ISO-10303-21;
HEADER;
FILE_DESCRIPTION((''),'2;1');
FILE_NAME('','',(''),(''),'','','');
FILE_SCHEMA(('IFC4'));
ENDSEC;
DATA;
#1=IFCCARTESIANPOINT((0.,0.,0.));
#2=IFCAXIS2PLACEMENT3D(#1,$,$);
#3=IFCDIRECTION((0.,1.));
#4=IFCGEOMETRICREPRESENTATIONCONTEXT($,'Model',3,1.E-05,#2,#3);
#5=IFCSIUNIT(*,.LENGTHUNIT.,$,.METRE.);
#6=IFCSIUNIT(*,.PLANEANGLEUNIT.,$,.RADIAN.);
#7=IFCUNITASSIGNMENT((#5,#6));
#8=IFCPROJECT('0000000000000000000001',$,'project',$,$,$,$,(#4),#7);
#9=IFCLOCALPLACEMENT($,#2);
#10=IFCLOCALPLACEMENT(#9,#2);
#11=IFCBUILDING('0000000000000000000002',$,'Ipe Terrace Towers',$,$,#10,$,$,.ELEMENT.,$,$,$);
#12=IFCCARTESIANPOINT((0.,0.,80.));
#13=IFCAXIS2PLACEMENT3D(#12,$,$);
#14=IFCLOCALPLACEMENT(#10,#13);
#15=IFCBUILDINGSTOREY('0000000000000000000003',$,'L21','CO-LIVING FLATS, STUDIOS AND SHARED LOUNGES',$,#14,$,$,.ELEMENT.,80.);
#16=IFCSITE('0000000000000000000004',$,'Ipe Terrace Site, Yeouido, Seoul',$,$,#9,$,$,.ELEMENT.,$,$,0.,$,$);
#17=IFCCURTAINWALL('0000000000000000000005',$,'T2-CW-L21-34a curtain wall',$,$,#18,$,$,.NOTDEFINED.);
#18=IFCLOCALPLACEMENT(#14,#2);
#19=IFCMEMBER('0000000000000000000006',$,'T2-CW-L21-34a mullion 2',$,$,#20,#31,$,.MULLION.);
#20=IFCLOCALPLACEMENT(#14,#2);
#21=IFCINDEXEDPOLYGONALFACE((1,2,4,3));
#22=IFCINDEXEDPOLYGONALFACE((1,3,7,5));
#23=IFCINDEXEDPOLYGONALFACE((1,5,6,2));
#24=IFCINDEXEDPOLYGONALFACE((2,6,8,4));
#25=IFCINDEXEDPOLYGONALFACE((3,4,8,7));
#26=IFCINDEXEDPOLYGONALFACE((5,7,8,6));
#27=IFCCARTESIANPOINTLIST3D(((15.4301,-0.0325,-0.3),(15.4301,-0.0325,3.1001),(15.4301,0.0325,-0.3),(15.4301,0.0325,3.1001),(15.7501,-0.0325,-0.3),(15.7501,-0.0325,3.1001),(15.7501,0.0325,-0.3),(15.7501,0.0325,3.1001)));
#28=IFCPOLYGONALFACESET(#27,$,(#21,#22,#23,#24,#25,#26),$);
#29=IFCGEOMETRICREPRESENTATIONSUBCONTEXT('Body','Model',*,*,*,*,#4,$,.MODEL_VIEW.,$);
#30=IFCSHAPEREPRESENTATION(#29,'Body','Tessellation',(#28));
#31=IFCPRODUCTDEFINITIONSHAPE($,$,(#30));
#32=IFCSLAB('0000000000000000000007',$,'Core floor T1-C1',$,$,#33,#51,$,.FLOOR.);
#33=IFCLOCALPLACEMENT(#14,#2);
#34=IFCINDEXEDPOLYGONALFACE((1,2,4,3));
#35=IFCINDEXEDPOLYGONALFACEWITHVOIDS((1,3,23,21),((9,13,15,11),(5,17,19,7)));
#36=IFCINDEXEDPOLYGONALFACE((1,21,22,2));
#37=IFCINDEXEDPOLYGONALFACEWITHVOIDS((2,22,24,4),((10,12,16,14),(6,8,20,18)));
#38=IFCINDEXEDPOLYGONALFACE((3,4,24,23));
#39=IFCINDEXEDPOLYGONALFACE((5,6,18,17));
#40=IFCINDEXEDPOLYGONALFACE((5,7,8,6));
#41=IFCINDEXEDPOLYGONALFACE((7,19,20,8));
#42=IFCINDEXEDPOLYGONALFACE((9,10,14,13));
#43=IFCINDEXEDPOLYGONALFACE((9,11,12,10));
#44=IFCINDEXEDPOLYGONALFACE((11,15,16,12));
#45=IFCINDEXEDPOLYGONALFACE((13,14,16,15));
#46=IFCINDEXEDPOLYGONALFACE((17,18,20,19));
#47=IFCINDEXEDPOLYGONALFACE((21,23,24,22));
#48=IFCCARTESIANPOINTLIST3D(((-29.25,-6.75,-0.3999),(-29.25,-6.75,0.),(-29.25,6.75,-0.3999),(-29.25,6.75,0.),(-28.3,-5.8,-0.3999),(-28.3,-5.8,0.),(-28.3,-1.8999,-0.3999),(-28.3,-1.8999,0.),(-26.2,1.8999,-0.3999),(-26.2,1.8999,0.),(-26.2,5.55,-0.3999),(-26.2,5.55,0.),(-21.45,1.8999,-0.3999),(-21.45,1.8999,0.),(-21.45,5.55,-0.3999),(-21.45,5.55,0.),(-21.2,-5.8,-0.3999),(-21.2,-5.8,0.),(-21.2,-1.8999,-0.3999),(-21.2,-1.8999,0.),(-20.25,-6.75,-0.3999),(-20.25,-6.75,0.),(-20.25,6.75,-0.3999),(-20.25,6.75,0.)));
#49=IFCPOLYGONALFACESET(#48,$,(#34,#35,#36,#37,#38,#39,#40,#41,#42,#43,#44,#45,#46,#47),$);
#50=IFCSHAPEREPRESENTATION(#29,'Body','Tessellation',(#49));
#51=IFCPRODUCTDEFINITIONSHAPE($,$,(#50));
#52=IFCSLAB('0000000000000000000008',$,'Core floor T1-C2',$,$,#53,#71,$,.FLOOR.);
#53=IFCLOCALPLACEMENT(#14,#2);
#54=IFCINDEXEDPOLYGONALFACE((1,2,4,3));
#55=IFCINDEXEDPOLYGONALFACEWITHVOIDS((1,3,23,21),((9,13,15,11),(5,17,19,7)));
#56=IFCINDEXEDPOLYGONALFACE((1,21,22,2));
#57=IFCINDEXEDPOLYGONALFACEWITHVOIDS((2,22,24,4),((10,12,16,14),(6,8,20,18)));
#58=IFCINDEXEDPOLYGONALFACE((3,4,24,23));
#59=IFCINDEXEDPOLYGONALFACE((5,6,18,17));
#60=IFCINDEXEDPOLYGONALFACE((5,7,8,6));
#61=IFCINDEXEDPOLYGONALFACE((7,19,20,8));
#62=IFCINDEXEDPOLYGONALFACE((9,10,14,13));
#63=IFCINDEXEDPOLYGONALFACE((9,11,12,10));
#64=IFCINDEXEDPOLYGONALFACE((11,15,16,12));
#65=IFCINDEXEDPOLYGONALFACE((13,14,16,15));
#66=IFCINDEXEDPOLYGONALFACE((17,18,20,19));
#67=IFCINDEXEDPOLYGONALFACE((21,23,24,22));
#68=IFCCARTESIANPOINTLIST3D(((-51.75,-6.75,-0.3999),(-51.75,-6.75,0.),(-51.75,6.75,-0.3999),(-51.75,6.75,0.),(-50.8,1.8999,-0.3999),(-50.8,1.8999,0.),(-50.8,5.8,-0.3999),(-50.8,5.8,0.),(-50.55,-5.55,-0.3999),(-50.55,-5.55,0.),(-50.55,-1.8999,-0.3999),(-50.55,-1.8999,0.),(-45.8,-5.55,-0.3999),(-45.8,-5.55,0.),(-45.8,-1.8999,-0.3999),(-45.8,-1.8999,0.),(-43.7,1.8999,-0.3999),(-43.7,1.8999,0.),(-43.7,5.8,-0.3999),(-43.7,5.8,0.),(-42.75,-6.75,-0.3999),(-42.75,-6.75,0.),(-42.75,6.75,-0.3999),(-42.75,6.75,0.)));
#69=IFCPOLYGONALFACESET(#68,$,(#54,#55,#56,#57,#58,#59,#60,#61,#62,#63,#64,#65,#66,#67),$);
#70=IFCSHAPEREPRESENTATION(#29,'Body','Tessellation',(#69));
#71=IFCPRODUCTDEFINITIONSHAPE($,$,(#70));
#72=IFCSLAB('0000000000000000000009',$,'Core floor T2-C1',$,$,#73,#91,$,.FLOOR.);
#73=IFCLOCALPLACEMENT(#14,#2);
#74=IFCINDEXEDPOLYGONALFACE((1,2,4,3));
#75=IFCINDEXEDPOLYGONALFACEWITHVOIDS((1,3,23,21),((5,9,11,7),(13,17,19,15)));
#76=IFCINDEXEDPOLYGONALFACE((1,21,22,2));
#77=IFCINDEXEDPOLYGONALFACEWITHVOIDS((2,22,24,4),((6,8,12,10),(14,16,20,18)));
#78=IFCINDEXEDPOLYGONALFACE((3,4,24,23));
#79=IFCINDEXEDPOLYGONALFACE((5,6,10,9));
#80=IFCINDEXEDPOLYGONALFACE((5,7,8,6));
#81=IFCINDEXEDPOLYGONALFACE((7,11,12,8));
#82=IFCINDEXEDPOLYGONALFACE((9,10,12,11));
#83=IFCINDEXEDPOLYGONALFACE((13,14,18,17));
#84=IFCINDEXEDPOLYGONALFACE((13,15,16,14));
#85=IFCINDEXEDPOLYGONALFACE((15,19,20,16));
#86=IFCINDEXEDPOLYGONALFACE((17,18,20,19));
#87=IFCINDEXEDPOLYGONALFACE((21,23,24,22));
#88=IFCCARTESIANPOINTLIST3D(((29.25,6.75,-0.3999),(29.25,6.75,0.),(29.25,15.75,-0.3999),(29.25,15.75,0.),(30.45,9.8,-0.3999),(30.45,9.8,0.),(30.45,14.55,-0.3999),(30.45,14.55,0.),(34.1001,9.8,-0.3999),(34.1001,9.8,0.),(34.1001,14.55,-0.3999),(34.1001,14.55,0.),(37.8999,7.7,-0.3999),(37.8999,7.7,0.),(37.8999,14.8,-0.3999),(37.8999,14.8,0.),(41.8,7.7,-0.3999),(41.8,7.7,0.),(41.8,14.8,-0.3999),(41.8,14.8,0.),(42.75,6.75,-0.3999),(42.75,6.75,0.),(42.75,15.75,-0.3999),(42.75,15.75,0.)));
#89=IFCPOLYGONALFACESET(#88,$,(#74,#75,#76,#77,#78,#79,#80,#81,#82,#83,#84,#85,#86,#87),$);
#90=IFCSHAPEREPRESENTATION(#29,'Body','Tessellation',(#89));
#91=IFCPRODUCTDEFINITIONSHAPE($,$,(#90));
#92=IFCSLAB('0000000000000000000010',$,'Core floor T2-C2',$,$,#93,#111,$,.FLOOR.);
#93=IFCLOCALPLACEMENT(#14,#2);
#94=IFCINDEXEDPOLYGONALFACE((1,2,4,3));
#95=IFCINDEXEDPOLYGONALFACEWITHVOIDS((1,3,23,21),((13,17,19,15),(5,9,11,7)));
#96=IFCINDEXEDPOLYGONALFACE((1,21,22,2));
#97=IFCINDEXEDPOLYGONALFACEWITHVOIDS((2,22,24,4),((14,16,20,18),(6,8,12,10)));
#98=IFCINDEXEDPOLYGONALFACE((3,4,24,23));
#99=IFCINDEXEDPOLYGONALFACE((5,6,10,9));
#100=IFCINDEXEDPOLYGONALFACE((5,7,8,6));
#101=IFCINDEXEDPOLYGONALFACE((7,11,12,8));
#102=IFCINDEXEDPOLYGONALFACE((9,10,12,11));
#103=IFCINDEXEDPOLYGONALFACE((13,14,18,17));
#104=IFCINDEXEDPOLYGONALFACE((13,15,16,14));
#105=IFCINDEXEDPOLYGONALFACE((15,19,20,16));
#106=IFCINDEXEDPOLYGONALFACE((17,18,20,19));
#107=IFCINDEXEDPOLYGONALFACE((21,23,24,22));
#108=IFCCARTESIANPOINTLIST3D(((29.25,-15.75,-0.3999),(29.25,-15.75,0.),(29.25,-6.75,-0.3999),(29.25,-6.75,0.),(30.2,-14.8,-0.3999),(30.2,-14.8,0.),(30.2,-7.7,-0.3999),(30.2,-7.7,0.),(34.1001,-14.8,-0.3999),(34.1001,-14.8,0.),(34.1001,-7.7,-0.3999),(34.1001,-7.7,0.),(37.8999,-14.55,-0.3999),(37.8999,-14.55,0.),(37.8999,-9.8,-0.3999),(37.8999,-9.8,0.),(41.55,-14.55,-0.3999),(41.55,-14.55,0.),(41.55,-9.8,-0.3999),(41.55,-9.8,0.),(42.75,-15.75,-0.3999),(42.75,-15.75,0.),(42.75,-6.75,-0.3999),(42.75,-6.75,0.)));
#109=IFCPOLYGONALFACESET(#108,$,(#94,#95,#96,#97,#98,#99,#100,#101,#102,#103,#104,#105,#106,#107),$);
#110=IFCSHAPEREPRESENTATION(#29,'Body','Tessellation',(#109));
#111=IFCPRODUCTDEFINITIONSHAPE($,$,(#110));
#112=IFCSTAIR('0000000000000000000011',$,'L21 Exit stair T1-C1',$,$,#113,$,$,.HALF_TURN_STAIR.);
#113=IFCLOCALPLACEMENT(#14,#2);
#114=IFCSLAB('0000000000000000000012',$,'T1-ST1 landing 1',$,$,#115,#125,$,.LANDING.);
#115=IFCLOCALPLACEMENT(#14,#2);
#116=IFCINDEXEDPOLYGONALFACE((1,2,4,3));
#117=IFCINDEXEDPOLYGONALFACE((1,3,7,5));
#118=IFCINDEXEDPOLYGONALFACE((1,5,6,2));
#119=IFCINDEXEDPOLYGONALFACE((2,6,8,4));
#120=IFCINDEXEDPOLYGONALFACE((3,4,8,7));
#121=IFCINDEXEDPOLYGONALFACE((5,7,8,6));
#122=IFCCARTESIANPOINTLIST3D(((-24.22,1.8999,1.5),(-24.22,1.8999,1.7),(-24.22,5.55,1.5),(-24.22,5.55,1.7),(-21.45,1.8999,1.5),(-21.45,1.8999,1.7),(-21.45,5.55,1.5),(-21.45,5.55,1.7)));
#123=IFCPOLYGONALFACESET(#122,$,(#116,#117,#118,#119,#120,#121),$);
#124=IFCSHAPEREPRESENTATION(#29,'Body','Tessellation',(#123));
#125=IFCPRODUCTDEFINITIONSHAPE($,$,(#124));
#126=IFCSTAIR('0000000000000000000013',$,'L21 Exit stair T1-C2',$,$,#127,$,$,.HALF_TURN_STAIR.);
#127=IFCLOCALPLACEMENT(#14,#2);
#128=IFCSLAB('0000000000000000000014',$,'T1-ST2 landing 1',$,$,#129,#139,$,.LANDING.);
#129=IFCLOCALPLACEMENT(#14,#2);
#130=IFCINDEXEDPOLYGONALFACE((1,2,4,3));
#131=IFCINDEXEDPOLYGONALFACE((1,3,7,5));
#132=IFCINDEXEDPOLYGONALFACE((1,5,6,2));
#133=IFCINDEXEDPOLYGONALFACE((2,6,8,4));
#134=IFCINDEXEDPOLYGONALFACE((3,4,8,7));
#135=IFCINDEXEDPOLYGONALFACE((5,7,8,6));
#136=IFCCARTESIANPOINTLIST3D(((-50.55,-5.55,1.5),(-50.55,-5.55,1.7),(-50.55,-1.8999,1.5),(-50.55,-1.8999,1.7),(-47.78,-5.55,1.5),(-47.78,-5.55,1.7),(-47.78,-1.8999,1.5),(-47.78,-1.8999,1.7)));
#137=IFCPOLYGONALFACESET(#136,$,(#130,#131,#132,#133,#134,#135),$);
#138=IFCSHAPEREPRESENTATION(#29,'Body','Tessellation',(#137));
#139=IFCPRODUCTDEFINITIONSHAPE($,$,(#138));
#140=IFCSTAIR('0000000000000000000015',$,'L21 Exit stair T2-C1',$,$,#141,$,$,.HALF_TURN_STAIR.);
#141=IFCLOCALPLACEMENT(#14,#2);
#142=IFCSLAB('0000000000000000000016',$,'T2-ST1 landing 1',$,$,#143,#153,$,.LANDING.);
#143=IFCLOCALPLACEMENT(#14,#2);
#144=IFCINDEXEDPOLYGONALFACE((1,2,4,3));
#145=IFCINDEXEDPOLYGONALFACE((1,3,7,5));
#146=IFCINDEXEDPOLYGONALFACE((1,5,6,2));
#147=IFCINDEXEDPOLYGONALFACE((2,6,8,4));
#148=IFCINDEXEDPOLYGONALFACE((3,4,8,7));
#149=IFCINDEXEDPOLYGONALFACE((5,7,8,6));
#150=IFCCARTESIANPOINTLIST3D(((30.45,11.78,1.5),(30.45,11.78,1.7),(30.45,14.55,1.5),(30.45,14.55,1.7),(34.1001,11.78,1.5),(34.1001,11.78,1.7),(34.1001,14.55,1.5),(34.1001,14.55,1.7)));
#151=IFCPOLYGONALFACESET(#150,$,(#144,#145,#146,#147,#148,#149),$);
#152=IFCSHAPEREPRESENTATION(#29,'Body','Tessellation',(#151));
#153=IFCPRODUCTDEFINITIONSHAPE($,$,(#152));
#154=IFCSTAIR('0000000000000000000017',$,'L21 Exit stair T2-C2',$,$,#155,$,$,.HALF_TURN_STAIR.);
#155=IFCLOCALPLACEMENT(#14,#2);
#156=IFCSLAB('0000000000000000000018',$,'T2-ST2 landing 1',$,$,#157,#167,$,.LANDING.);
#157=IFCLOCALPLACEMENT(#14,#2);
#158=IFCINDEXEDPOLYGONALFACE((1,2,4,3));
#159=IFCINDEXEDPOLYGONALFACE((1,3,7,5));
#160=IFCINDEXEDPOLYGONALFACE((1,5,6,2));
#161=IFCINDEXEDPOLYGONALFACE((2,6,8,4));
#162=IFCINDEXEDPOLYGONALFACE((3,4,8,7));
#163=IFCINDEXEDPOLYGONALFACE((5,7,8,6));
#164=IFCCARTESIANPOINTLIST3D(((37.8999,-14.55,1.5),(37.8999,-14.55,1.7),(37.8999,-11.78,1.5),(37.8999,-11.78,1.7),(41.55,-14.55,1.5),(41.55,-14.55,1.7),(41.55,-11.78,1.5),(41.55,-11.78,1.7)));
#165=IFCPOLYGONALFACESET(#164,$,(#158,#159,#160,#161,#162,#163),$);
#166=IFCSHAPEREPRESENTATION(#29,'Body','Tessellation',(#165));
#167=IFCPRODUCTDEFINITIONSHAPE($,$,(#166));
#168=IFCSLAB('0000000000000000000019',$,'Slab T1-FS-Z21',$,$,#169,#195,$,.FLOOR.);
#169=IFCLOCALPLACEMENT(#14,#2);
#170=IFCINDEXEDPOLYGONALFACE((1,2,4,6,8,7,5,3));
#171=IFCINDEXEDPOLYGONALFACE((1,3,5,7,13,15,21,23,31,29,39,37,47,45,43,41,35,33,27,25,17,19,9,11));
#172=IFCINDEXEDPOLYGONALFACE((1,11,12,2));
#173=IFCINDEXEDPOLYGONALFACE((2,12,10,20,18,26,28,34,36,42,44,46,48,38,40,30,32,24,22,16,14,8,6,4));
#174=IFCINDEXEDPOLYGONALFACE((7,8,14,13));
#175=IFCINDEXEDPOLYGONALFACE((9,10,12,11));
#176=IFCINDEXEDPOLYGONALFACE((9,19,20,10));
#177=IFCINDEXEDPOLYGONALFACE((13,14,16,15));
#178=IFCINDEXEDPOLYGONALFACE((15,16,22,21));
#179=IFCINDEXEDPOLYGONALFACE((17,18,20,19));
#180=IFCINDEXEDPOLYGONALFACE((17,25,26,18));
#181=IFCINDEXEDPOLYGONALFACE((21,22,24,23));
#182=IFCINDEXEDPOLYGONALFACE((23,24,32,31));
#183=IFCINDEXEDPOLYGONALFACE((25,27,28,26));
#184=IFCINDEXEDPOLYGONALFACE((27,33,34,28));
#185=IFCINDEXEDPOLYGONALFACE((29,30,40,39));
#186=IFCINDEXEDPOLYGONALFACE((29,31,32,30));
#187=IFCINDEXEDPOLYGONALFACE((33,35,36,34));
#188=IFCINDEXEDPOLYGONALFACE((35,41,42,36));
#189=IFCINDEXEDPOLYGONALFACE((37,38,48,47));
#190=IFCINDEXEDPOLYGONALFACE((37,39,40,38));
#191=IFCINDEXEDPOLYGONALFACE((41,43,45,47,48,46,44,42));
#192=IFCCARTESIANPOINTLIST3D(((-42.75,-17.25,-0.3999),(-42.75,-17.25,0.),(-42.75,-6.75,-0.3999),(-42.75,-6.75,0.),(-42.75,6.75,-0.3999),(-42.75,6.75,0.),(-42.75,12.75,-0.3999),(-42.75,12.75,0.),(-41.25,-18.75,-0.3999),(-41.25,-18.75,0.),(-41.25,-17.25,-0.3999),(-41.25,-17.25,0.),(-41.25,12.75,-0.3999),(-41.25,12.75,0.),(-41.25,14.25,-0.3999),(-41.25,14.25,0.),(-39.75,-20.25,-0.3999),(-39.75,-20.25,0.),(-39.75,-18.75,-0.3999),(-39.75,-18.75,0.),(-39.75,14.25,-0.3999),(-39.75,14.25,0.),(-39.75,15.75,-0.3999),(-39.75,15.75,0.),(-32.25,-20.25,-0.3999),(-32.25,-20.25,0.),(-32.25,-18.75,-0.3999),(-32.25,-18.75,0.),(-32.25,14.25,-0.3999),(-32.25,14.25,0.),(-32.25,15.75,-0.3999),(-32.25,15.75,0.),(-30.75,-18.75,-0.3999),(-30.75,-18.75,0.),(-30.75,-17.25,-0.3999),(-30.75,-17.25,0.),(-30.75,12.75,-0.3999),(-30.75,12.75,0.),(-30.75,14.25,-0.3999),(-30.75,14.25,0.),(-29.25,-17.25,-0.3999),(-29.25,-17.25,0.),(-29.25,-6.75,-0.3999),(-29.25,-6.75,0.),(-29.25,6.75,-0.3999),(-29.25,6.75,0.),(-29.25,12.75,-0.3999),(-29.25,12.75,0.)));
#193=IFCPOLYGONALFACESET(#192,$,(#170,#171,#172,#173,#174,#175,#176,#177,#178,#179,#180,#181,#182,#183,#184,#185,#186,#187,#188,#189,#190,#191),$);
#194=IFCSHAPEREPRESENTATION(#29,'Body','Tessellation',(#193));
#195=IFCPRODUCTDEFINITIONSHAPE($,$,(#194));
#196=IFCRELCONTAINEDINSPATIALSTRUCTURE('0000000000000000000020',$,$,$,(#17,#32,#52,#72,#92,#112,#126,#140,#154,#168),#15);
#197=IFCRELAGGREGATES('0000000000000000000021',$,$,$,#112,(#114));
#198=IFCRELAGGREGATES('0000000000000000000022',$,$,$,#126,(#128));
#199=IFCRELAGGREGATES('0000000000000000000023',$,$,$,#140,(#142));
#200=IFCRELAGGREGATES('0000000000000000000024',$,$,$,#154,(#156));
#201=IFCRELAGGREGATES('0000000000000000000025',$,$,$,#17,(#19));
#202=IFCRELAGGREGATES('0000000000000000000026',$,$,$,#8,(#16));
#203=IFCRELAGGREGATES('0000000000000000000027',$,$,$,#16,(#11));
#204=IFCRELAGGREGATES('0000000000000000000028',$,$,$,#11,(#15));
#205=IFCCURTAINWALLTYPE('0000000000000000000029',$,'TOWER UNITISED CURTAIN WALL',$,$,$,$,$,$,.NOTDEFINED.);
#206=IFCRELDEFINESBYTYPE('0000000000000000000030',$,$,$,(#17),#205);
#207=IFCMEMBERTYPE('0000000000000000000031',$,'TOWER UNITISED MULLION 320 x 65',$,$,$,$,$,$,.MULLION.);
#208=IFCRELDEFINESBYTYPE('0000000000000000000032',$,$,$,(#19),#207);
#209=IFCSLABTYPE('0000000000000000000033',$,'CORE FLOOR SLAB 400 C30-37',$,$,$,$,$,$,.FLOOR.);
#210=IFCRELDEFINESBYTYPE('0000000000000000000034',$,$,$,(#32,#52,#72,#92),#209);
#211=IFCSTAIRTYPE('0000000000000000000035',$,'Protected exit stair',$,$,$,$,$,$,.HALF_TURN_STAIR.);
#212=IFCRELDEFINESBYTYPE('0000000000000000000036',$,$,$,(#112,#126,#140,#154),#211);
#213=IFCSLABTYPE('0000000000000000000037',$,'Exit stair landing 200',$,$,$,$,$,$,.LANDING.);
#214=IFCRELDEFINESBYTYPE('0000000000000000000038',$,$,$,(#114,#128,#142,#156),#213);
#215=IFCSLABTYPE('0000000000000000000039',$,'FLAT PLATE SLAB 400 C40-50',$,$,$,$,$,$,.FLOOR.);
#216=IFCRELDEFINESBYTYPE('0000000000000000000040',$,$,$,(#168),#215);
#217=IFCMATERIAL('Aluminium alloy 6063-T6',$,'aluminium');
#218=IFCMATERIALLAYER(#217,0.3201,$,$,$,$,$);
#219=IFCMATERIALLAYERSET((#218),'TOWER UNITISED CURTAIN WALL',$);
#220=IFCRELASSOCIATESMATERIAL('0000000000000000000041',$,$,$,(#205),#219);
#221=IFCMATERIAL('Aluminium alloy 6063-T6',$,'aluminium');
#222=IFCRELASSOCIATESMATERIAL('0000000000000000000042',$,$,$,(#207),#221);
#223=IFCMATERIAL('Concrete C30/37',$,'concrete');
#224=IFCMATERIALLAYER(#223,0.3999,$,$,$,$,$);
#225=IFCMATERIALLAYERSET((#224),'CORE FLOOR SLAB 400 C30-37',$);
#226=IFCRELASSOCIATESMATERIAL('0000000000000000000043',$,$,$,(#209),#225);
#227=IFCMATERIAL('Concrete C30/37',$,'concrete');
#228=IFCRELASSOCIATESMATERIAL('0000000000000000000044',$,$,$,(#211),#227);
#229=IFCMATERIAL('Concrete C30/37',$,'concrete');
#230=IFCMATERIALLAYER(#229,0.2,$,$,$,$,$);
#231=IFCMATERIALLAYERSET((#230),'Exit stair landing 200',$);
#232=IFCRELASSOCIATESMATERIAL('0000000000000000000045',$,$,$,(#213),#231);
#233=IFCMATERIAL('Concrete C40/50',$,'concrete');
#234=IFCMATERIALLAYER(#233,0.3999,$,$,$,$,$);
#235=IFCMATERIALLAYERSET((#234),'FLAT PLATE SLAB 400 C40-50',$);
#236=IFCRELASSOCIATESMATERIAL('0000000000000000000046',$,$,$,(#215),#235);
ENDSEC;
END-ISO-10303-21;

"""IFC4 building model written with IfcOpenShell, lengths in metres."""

from ifc_helpers import new_model, si_unit, direction, frame, origin, origin_2d, place, context, subcontext, project, spatial, polyline, rectangle, outline, extrude, material, layer, layer_set, material_profile, profile_set, type_object, element, aggregate, save


model = new_model("IFC4")

# Units and contexts
model_context = context("Model", 3, precision=1e-05, world=origin(), true_north=direction((0.0, 1.0)))
body_context = subcontext(model_context, "Body", "Model", "MODEL_VIEW")
ifc_project = project(units=[si_unit("LENGTHUNIT", "METRE"), si_unit("PLANEANGLEUNIT", "RADIAN")], contexts=[model_context])

# Site, building, storey
site_placement = place(None, origin())
site = spatial("IfcSite", under=ifc_project, at=site_placement, Name="Ipe Terrace Site, Yeouido, Seoul", CompositionType="ELEMENT", RefElevation=0.0)
building_placement = place(site_placement, origin())
building = spatial("IfcBuilding", under=site, at=building_placement, Name="Ipe Terrace Towers", CompositionType="ELEMENT")
storey_placement = place(building_placement, frame((0.0, 0.0, 80.0)))
storey = spatial("IfcBuildingStorey", under=building, at=storey_placement, Name="L21", Description="CO-LIVING FLATS, STUDIOS AND SHARED LOUNGES", CompositionType="ELEMENT", Elevation=80.0)

# Curtain wall, member
ifc_material_1 = material(Name="Aluminium alloy 6063-T6", Category="aluminium")
ifc_layer_1 = layer(ifc_material_1, 0.3201)
ifc_layer_set_1 = layer_set([ifc_layer_1], Name="TOWER UNITISED CURTAIN WALL")
curtain_wall_type = type_object("IfcCurtainWallType", Name="TOWER UNITISED CURTAIN WALL", PredefinedType="NOTDEFINED", material=ifc_layer_set_1)
curtain_wall_1_placement = place(storey_placement, origin())
curtain_wall_1 = element("IfcCurtainWall", 1, at=curtain_wall_1_placement, inside=storey, type_object=curtain_wall_type, Name="T2-CW-L21-34a curtain wall", PredefinedType="NOTDEFINED")
ifc_material_2 = material(Name="Aluminium alloy 6063-T6", Category="aluminium")
ifc_material_profile_1 = material_profile(ifc_material_2, rectangle(XDim=0.3201, YDim=0.0649, at=origin_2d()), Name="TOWER UNITISED MULLION 320 x 65")
ifc_profile_set_1 = profile_set([ifc_material_profile_1], Name="Aluminium alloy 6063-T6")
member_type_1 = type_object("IfcMemberType", Name="TOWER UNITISED MULLION 320 x 65", PredefinedType="MULLION", material=ifc_profile_set_1)
member_1_placement = place(storey_placement, frame((15.5901, 0.0, -0.3), z_axis=(0.0, 0.0, 1.0), x_axis=(-1.0, 0.0, 0.0)))
member_1 = element("IfcMember", 2, at=member_1_placement, type_object=member_type_1, Name="T2-CW-L21-34a mullion 2", PredefinedType="MULLION", context=body_context, shape_type="SweptSolid", body=[
    extrude(rectangle(XDim=0.3201, YDim=0.0649, at=origin_2d()), origin(), (0.0, 0.0, 1.0), 3.4001),
])

# Slabs
ifc_material_3 = material(Name="Concrete C30/37", Category="concrete")
ifc_layer_2 = layer(ifc_material_3, 0.3999)
ifc_layer_set_2 = layer_set([ifc_layer_2], Name="CORE FLOOR SLAB 400 C30-37")
slab_type_1 = type_object("IfcSlabType", Name="CORE FLOOR SLAB 400 C30-37", PredefinedType="FLOOR", material=ifc_layer_set_2)
slab_1_placement = place(storey_placement, frame((0.0, 0.0, -0.3999)))
element("IfcSlab", 3, at=slab_1_placement, inside=storey, type_object=slab_type_1, Name="Core floor T1-C1", PredefinedType="FLOOR", context=body_context, shape_type="SweptSolid", body=[
    extrude(outline(polyline([(-29.25, -6.75), (-29.25, 6.75), (-20.25, 6.75), (-20.25, -6.75), (-29.25, -6.75)]), holes=[polyline([(-28.3, -5.8), (-21.2, -5.8), (-21.2, -1.8999), (-28.3, -1.8999), (-28.3, -5.8)]), polyline([(-26.2, 5.55), (-26.2, 1.8999), (-21.45, 1.8999), (-21.45, 5.55), (-26.2, 5.55)])]), origin(), (0.0, 0.0, 1.0), 0.3999),
])
slab_2_placement = place(storey_placement, frame((0.0, 0.0, -0.3999)))
element("IfcSlab", 4, at=slab_2_placement, inside=storey, type_object=slab_type_1, Name="Core floor T1-C2", PredefinedType="FLOOR", context=body_context, shape_type="SweptSolid", body=[
    extrude(outline(polyline([(-51.75, -6.75), (-51.75, 6.75), (-42.75, 6.75), (-42.75, -6.75), (-51.75, -6.75)]), holes=[polyline([(-45.8, -5.55), (-45.8, -1.8999), (-50.55, -1.8999), (-50.55, -5.55), (-45.8, -5.55)]), polyline([(-50.8, 1.8999), (-43.7, 1.8999), (-43.7, 5.8), (-50.8, 5.8), (-50.8, 1.8999)])]), origin(), (0.0, 0.0, 1.0), 0.3999),
])
slab_3_placement = place(storey_placement, frame((0.0, 0.0, -0.3999)))
element("IfcSlab", 5, at=slab_3_placement, inside=storey, type_object=slab_type_1, Name="Core floor T2-C1", PredefinedType="FLOOR", context=body_context, shape_type="SweptSolid", body=[
    extrude(outline(polyline([(29.25, 6.75), (29.25, 15.75), (42.75, 15.75), (42.75, 6.75), (29.25, 6.75)]), holes=[polyline([(41.8, 7.7), (41.8, 14.8), (37.8999, 14.8), (37.8999, 7.7), (41.8, 7.7)]), polyline([(30.45, 9.8), (34.1001, 9.8), (34.1001, 14.55), (30.45, 14.55), (30.45, 9.8)])]), origin(), (0.0, 0.0, 1.0), 0.3999),
])
slab_4_placement = place(storey_placement, frame((0.0, 0.0, -0.3999)))
element("IfcSlab", 6, at=slab_4_placement, inside=storey, type_object=slab_type_1, Name="Core floor T2-C2", PredefinedType="FLOOR", context=body_context, shape_type="SweptSolid", body=[
    extrude(outline(polyline([(29.25, -15.75), (29.25, -6.75), (42.75, -6.75), (42.75, -15.75), (29.25, -15.75)]), holes=[polyline([(34.1001, -14.8), (34.1001, -7.7), (30.2, -7.7), (30.2, -14.8), (34.1001, -14.8)]), polyline([(41.55, -9.8), (37.8999, -9.8), (37.8999, -14.55), (41.55, -14.55), (41.55, -9.8)])]), origin(), (0.0, 0.0, 1.0), 0.3999),
])

# Stairs, slabs
ifc_material_4 = material(Name="Concrete C30/37", Category="concrete")
stair_type = type_object("IfcStairType", Name="Protected exit stair", PredefinedType="HALF_TURN_STAIR", material=ifc_material_4)
stair_1_placement = place(storey_placement, origin())
stair_1 = element("IfcStair", 7, at=stair_1_placement, inside=storey, type_object=stair_type, Name="L21 Exit stair T1-C1", PredefinedType="HALF_TURN_STAIR")
ifc_material_5 = material(Name="Concrete C30/37", Category="concrete")
ifc_layer_3 = layer(ifc_material_5, 0.2)
ifc_layer_set_3 = layer_set([ifc_layer_3], Name="Exit stair landing 200")
slab_type_2 = type_object("IfcSlabType", Name="Exit stair landing 200", PredefinedType="LANDING", material=ifc_layer_set_3)
slab_5_placement = place(storey_placement, frame((0.0, 0.0, 1.5)))
slab_5 = element("IfcSlab", 8, at=slab_5_placement, type_object=slab_type_2, Name="T1-ST1 landing 1", PredefinedType="LANDING", context=body_context, shape_type="SweptSolid", body=[
    extrude(outline(polyline([(-24.22, 1.8999), (-21.45, 1.8999), (-21.45, 5.55), (-24.22, 5.55), (-24.22, 1.8999)])), origin(), (0.0, 0.0, 1.0), 0.2),
])
aggregate(stair_1, [slab_5])
stair_2_placement = place(storey_placement, origin())
stair_2 = element("IfcStair", 9, at=stair_2_placement, inside=storey, type_object=stair_type, Name="L21 Exit stair T1-C2", PredefinedType="HALF_TURN_STAIR")
slab_6_placement = place(storey_placement, frame((0.0, 0.0, 1.5)))
slab_6 = element("IfcSlab", 10, at=slab_6_placement, type_object=slab_type_2, Name="T1-ST2 landing 1", PredefinedType="LANDING", context=body_context, shape_type="SweptSolid", body=[
    extrude(outline(polyline([(-47.78, -1.8999), (-50.55, -1.8999), (-50.55, -5.55), (-47.78, -5.55), (-47.78, -1.8999)])), origin(), (0.0, 0.0, 1.0), 0.2),
])
aggregate(stair_2, [slab_6])
stair_3_placement = place(storey_placement, origin())
stair_3 = element("IfcStair", 11, at=stair_3_placement, inside=storey, type_object=stair_type, Name="L21 Exit stair T2-C1", PredefinedType="HALF_TURN_STAIR")
slab_7_placement = place(storey_placement, frame((0.0, 0.0, 1.5)))
slab_7 = element("IfcSlab", 12, at=slab_7_placement, type_object=slab_type_2, Name="T2-ST1 landing 1", PredefinedType="LANDING", context=body_context, shape_type="SweptSolid", body=[
    extrude(outline(polyline([(34.1001, 11.78), (34.1001, 14.55), (30.45, 14.55), (30.45, 11.78), (34.1001, 11.78)])), origin(), (0.0, 0.0, 1.0), 0.2),
])
aggregate(stair_3, [slab_7])
stair_4_placement = place(storey_placement, origin())
stair_4 = element("IfcStair", 13, at=stair_4_placement, inside=storey, type_object=stair_type, Name="L21 Exit stair T2-C2", PredefinedType="HALF_TURN_STAIR")
slab_8_placement = place(storey_placement, frame((0.0, 0.0, 1.5)))
slab_8 = element("IfcSlab", 14, at=slab_8_placement, type_object=slab_type_2, Name="T2-ST2 landing 1", PredefinedType="LANDING", context=body_context, shape_type="SweptSolid", body=[
    extrude(outline(polyline([(37.8999, -11.78), (37.8999, -14.55), (41.55, -14.55), (41.55, -11.78), (37.8999, -11.78)])), origin(), (0.0, 0.0, 1.0), 0.2),
])
aggregate(stair_4, [slab_8])

# Slab
ifc_material_6 = material(Name="Concrete C40/50", Category="concrete")
ifc_layer_4 = layer(ifc_material_6, 0.3999)
ifc_layer_set_4 = layer_set([ifc_layer_4], Name="FLAT PLATE SLAB 400 C40-50")
slab_type_3 = type_object("IfcSlabType", Name="FLAT PLATE SLAB 400 C40-50", PredefinedType="FLOOR", material=ifc_layer_set_4)
slab_9_placement = place(storey_placement, frame((0.0, 0.0, -0.3999)))
element("IfcSlab", 15, at=slab_9_placement, inside=storey, type_object=slab_type_3, Name="Slab T1-FS-Z21", PredefinedType="FLOOR", context=body_context, shape_type="SweptSolid", body=[
    extrude(outline(polyline([(-30.75, -17.25), (-30.75, -18.75), (-32.25, -18.75), (-32.25, -20.25), (-39.75, -20.25), (-39.75, -18.75), (-41.25, -18.75), (-41.25, -17.25), (-42.75, -17.25), (-42.75, -6.75), (-42.75, 6.75), (-42.75, 12.75), (-41.25, 12.75), (-41.25, 14.25), (-39.75, 14.25), (-39.75, 15.75), (-32.25, 15.75), (-32.25, 14.25), (-30.75, 14.25), (-30.75, 12.75), (-29.25, 12.75), (-29.25, 6.75), (-29.25, -6.75), (-29.25, -17.25), (-30.75, -17.25)])), origin(), (0.0, 0.0, 1.0), 0.3999),
])

aggregate(curtain_wall_1, [member_1])

save(model, "model.ifc")
